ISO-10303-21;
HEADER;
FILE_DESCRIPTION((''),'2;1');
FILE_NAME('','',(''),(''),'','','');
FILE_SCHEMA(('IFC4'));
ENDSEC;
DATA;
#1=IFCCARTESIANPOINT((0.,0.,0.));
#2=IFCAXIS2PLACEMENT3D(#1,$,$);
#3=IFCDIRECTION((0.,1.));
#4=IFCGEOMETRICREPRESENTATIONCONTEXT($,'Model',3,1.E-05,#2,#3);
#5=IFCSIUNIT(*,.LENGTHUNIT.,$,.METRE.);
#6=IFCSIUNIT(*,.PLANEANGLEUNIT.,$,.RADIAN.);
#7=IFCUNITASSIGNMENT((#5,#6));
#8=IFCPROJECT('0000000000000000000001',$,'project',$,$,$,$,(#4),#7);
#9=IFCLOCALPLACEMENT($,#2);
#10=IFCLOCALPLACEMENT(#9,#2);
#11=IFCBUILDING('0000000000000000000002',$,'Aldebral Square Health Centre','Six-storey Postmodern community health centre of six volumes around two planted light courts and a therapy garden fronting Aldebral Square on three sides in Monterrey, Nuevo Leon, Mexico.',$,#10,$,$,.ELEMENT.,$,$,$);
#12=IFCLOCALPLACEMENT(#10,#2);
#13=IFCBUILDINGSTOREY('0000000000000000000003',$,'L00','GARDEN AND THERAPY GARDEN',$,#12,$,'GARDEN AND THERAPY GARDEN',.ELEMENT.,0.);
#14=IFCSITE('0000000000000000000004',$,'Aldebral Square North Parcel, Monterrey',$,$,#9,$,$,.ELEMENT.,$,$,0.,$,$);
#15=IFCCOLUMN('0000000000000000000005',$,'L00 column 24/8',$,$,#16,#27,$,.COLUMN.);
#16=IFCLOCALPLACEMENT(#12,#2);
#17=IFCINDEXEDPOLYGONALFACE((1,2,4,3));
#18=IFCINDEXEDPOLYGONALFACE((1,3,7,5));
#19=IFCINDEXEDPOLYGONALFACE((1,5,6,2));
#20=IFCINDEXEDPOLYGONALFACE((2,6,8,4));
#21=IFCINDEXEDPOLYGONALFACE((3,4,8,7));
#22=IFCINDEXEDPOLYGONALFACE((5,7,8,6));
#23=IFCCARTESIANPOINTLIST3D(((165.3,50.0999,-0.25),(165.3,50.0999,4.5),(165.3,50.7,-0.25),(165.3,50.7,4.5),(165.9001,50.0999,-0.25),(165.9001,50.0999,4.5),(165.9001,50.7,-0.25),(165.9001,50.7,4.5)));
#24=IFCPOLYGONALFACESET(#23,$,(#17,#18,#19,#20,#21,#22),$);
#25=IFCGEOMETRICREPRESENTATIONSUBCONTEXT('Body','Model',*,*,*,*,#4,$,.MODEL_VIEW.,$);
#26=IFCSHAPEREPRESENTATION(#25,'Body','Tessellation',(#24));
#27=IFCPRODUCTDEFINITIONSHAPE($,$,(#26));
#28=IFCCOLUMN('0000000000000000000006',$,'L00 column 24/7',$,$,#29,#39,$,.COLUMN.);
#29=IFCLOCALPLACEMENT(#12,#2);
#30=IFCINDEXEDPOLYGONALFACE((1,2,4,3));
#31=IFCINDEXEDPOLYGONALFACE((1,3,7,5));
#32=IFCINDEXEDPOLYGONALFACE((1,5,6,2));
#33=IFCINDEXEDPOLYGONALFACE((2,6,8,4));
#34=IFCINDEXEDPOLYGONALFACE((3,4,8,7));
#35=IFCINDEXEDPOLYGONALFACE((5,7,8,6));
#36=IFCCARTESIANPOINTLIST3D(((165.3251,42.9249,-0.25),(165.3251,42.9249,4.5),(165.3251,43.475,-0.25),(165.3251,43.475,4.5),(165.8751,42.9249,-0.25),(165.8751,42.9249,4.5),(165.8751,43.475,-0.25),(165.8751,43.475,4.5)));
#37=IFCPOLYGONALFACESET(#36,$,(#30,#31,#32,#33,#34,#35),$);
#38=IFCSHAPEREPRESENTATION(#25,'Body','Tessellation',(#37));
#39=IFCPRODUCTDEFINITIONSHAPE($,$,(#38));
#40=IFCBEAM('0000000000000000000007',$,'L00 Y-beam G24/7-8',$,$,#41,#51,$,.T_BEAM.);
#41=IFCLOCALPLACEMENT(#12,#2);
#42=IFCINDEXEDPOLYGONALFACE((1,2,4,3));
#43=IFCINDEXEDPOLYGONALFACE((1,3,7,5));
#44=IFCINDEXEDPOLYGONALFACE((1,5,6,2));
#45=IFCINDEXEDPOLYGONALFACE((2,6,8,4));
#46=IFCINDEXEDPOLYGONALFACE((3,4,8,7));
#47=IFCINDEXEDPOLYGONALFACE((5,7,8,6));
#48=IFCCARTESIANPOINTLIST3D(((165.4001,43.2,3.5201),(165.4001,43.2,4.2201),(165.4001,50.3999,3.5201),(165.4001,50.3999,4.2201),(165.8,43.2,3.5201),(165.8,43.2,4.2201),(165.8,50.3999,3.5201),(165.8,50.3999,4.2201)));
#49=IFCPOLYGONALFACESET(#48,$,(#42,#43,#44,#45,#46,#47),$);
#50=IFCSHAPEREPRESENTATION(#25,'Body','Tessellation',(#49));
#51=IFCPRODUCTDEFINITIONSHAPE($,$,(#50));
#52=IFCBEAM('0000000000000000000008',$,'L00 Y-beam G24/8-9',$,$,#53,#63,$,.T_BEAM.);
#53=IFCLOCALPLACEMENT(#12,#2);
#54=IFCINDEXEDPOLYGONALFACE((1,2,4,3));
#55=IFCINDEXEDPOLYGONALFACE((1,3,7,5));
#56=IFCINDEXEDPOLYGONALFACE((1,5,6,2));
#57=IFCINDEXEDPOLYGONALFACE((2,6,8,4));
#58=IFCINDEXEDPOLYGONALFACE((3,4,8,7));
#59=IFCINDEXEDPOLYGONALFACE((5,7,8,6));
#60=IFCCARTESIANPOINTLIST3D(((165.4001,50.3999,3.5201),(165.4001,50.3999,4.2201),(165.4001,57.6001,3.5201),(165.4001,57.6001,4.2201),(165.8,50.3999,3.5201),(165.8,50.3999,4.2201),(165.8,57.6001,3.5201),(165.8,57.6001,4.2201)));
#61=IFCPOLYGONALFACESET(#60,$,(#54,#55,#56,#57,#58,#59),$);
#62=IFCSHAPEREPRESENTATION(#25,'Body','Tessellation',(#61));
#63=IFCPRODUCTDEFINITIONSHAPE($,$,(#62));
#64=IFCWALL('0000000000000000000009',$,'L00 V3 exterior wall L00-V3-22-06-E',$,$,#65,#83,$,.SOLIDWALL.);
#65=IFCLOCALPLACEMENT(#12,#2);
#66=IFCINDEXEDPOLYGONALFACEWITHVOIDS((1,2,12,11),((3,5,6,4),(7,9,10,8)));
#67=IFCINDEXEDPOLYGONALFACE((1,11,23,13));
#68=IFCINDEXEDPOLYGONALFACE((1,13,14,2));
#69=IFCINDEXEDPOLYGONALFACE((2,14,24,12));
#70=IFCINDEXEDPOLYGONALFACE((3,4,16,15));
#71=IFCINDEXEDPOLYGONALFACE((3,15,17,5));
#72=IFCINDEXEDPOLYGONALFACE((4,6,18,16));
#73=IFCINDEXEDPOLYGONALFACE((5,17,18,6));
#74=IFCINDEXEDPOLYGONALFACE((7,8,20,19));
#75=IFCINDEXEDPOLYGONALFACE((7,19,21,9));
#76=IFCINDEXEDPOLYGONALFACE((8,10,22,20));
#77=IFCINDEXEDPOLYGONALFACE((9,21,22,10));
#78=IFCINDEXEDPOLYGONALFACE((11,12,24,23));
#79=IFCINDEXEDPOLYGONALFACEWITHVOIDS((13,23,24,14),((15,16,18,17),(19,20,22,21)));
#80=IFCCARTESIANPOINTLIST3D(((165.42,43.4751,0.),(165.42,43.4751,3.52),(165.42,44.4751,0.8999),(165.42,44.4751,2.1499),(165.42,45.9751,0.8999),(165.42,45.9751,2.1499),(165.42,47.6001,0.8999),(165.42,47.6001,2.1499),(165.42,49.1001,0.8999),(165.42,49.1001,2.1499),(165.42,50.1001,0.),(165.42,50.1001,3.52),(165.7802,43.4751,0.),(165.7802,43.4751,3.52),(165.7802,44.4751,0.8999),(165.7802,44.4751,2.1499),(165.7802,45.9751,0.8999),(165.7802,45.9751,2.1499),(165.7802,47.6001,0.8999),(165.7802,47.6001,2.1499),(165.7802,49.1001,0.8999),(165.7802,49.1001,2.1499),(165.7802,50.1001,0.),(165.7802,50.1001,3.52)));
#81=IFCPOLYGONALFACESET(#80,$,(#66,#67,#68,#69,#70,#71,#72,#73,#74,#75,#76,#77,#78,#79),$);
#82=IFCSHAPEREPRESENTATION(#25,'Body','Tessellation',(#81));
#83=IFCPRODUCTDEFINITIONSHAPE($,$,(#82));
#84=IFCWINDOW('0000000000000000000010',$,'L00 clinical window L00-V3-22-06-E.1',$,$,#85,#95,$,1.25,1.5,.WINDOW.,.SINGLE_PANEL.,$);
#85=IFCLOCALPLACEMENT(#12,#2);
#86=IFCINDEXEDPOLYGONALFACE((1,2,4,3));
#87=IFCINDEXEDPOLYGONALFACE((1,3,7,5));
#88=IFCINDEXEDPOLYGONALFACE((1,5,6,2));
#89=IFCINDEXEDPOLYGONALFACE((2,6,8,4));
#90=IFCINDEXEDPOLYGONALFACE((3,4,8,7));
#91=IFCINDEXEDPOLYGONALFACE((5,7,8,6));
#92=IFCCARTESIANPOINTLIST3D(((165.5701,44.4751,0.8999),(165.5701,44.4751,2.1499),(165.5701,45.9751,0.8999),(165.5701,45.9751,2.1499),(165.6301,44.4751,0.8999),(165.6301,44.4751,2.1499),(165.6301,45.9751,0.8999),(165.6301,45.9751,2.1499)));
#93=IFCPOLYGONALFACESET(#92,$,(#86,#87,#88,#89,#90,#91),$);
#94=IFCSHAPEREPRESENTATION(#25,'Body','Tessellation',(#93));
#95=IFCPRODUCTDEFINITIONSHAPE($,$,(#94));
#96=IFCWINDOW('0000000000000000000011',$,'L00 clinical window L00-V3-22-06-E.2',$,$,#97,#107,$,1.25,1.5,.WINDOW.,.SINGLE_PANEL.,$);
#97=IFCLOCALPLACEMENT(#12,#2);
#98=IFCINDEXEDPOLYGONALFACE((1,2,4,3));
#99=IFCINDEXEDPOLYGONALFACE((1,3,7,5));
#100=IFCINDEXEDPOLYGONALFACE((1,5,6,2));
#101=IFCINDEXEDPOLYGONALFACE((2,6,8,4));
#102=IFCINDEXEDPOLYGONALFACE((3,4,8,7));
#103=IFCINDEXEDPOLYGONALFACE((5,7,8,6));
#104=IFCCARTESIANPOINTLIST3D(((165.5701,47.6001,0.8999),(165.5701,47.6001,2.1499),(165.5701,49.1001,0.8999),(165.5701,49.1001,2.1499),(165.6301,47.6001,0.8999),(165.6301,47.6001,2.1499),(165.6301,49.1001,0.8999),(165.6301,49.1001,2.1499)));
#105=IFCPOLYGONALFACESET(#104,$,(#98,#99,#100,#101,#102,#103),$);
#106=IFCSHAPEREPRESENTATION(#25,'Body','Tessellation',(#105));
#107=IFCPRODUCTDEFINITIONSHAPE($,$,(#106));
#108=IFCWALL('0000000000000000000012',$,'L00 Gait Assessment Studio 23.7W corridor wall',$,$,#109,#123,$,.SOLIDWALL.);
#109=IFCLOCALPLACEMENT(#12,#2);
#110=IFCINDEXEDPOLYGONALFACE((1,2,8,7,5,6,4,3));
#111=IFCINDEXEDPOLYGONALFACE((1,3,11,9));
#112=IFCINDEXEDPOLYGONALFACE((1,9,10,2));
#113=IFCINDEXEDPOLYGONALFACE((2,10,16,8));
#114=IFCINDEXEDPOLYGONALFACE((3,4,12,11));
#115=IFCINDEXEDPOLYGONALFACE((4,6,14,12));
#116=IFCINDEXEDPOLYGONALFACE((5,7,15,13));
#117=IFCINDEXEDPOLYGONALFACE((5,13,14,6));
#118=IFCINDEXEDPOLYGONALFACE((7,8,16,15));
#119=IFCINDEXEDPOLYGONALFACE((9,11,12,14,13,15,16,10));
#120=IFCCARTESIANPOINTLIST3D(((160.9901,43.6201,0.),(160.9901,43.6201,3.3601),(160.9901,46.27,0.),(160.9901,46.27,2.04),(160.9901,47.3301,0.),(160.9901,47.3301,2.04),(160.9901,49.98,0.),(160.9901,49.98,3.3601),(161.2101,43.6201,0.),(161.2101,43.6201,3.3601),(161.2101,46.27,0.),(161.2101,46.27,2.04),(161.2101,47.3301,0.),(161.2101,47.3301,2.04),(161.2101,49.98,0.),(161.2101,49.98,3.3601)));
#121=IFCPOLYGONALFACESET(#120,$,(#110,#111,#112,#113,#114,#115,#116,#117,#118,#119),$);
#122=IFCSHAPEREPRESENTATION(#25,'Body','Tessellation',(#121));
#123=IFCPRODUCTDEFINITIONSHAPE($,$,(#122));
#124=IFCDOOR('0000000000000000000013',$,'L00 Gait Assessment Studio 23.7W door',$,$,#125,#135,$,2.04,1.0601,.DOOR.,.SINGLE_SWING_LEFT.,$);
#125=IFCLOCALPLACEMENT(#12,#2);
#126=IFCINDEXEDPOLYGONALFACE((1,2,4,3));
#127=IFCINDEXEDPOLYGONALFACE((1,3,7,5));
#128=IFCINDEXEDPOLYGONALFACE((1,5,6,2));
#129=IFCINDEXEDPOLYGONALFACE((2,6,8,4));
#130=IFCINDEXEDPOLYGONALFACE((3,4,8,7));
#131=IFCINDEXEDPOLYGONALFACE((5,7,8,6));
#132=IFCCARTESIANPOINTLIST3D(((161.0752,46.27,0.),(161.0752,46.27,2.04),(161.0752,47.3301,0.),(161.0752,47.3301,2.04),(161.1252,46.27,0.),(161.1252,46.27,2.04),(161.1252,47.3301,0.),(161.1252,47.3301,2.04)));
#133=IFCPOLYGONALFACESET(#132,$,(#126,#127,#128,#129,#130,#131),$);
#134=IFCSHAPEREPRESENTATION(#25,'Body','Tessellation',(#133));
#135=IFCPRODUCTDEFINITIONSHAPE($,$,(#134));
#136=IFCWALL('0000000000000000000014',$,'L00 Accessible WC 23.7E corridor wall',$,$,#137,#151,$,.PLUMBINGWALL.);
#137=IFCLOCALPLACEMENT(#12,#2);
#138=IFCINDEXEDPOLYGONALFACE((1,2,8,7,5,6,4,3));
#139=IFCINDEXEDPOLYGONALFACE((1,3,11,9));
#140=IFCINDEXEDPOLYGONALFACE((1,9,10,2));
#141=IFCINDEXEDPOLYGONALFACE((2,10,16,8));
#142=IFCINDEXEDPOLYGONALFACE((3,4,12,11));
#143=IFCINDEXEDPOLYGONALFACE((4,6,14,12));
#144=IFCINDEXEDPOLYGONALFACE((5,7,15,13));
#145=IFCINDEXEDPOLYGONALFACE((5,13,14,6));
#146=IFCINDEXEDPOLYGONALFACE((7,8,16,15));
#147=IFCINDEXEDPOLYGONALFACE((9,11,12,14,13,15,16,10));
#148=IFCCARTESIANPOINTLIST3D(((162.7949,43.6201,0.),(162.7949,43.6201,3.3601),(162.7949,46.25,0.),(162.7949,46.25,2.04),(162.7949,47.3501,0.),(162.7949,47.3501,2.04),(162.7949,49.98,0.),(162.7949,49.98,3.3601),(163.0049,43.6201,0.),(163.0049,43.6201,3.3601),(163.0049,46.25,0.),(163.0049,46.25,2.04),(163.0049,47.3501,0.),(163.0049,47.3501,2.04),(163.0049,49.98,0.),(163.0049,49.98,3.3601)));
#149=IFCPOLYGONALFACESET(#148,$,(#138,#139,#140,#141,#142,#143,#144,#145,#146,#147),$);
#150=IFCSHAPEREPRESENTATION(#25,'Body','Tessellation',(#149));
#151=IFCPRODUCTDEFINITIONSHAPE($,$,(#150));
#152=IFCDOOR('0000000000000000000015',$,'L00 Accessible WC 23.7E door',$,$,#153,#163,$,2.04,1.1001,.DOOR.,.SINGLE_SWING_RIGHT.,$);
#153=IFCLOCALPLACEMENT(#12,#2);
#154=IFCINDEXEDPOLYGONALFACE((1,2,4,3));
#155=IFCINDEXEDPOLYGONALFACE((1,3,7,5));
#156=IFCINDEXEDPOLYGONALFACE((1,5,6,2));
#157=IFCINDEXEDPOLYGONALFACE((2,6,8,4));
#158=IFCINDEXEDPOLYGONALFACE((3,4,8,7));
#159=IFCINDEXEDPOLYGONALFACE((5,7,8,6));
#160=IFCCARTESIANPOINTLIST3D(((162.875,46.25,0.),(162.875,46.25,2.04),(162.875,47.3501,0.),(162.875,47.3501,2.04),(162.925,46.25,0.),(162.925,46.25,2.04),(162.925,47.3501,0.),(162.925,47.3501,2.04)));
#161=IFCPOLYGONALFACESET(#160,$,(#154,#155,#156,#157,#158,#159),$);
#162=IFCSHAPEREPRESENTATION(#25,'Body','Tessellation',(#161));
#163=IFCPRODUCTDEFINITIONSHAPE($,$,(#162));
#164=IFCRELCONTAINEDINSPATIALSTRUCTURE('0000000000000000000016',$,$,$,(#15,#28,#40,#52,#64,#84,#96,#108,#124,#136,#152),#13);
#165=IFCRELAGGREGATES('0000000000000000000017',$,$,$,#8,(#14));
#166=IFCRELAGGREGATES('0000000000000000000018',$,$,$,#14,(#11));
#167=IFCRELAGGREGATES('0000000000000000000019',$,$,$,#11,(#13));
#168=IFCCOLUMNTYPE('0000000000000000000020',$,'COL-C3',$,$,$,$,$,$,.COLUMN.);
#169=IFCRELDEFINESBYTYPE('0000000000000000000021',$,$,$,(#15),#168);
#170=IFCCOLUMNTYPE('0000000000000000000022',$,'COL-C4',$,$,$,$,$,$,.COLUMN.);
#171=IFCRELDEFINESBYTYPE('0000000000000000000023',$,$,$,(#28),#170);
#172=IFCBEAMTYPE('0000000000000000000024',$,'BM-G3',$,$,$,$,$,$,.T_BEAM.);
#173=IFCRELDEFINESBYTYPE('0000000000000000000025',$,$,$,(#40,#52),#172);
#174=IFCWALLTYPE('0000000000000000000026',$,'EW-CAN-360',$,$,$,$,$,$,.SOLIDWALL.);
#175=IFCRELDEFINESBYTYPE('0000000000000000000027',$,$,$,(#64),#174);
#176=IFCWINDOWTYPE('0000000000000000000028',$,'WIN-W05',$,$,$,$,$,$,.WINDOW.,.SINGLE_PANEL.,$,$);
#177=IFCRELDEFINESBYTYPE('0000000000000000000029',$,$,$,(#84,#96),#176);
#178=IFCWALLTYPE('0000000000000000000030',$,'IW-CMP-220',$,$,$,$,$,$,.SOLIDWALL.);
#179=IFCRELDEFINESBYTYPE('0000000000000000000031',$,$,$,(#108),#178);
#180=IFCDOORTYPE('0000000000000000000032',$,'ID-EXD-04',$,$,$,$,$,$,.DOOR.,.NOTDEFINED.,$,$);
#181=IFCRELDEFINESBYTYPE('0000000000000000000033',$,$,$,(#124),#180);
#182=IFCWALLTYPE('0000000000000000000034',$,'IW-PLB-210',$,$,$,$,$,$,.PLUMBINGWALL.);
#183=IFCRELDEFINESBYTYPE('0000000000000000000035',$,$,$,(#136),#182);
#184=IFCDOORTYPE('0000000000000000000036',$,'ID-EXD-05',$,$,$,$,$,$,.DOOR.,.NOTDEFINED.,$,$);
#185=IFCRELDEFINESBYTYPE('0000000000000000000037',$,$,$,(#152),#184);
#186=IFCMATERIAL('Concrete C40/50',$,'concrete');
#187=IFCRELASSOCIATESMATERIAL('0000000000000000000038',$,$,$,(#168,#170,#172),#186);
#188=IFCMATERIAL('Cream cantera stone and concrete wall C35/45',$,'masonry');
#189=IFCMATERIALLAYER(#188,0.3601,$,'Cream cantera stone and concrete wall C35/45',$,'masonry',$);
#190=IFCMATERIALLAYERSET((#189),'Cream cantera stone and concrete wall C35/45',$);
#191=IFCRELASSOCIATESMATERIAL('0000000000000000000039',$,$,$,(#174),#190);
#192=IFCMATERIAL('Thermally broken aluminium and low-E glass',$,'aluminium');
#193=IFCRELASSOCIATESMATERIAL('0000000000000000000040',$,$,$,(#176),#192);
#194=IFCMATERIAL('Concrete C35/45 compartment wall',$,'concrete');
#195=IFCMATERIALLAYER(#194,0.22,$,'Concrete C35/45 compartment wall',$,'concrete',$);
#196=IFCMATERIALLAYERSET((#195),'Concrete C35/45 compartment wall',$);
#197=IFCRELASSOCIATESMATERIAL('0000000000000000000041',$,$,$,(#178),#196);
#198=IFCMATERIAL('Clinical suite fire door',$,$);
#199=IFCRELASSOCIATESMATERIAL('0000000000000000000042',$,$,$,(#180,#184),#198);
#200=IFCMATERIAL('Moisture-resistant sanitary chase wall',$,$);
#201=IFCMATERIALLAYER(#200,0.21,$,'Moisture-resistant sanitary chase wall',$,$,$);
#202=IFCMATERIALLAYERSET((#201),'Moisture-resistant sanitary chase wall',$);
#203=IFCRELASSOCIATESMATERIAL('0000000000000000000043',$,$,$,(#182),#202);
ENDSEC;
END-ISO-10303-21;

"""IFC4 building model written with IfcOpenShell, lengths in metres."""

from ifc_helpers import new_model, si_unit, direction, frame, frame_2d, origin, origin_2d, place, context, subcontext, project, spatial, rectangle, extrude, material, layer, layer_set, material_profile, profile_set, type_object, element, fill, save


model = new_model("IFC4")

# Units and contexts
model_context = context("Model", 3, precision=1e-05, world=origin(), true_north=direction((0.0, 1.0)))
body_context = subcontext(model_context, "Body", "Model", "MODEL_VIEW")
ifc_project = project(units=[si_unit("LENGTHUNIT", "METRE"), si_unit("PLANEANGLEUNIT", "RADIAN")], contexts=[model_context])

# Site, building, storey
site_placement = place(None, origin())
site = spatial("IfcSite", under=ifc_project, at=site_placement, Name="Aldebral Square North Parcel, Monterrey", CompositionType="ELEMENT", RefElevation=0.0)
building_placement = place(site_placement, origin())
building = spatial("IfcBuilding", under=site, at=building_placement, Name="Aldebral Square Health Centre", Description="Six-storey Postmodern community health centre of six volumes around two planted light courts and a therapy garden fronting Aldebral Square on three sides in Monterrey, Nuevo Leon, Mexico.", CompositionType="ELEMENT")
storey_placement = place(building_placement, origin())
storey = spatial("IfcBuildingStorey", under=building, at=storey_placement, Name="L00", Description="GARDEN AND THERAPY GARDEN", LongName="GARDEN AND THERAPY GARDEN", CompositionType="ELEMENT", Elevation=0.0)

# Columns
ifc_material_1 = material(Name="Concrete C40/50", Category="concrete")
ifc_material_profile_1 = material_profile(ifc_material_1, rectangle(XDim=0.6001, YDim=0.6001, at=origin_2d()), Name="RC 600x600")
ifc_profile_set_1 = profile_set([ifc_material_profile_1], Name="Concrete C40/50")
column_type_1 = type_object("IfcColumnType", Name="COL-C3", PredefinedType="COLUMN", material=ifc_profile_set_1)
column_1_placement = place(storey_placement, frame((165.6001, 50.3999, -0.25), z_axis=(0.0, 0.0, 1.0), x_axis=(1.0, 0.0, 0.0)))
element("IfcColumn", 1, at=column_1_placement, inside=storey, type_object=column_type_1, Name="L00 column 24/8", PredefinedType="COLUMN", context=body_context, shape_type="SweptSolid", body=[
    extrude(rectangle(XDim=0.6001, YDim=0.6001, at=origin_2d()), origin(), (0.0, 0.0, 1.0), 4.75),
])
ifc_material_profile_2 = material_profile(ifc_material_1, rectangle(XDim=0.55, YDim=0.55, at=origin_2d()), Name="RC 550x550")
ifc_profile_set_2 = profile_set([ifc_material_profile_2], Name="Concrete C40/50")
column_type_2 = type_object("IfcColumnType", Name="COL-C4", PredefinedType="COLUMN", material=ifc_profile_set_2)
column_2_placement = place(storey_placement, frame((165.6001, 43.2, -0.25), z_axis=(0.0, 0.0, 1.0), x_axis=(1.0, 0.0, 0.0)))
element("IfcColumn", 2, at=column_2_placement, inside=storey, type_object=column_type_2, Name="L00 column 24/7", PredefinedType="COLUMN", context=body_context, shape_type="SweptSolid", body=[
    extrude(rectangle(XDim=0.55, YDim=0.55, at=origin_2d()), origin(), (0.0, 0.0, 1.0), 4.75),
])

# Beams
ifc_material_profile_3 = material_profile(ifc_material_1, rectangle(XDim=0.3999, YDim=0.7, at=origin_2d()), Name="RC 400x700")
ifc_profile_set_3 = profile_set([ifc_material_profile_3], Name="Concrete C40/50")
beam_type = type_object("IfcBeamType", Name="BM-G3", PredefinedType="T_BEAM", material=ifc_profile_set_3)
beam_1_placement = place(storey_placement, frame((165.6001, 43.2, 3.8701), z_axis=(0.0, 1.0, 0.0), x_axis=(-1.0, 0.0, 0.0)))
element("IfcBeam", 3, at=beam_1_placement, inside=storey, type_object=beam_type, Name="L00 Y-beam G24/7-8", PredefinedType="T_BEAM", context=body_context, shape_type="SweptSolid", body=[
    extrude(rectangle(XDim=0.3999, YDim=0.7, at=origin_2d()), origin(), (0.0, 0.0, 1.0), 7.2),
])
beam_2_placement = place(storey_placement, frame((165.6001, 50.3999, 3.8701), z_axis=(0.0, 1.0, 0.0), x_axis=(-1.0, 0.0, 0.0)))
element("IfcBeam", 4, at=beam_2_placement, inside=storey, type_object=beam_type, Name="L00 Y-beam G24/8-9", PredefinedType="T_BEAM", context=body_context, shape_type="SweptSolid", body=[
    extrude(rectangle(XDim=0.3999, YDim=0.7, at=origin_2d()), origin(), (0.0, 0.0, 1.0), 7.2002),
])

# Wall, openings, windows
ifc_material_2 = material(Name="Cream cantera stone and concrete wall C35/45", Category="masonry")
ifc_layer_1 = layer(ifc_material_2, 0.3601, Name="Cream cantera stone and concrete wall C35/45", Category="masonry")
ifc_layer_set_1 = layer_set([ifc_layer_1], Name="Cream cantera stone and concrete wall C35/45")
wall_type_1 = type_object("IfcWallType", Name="EW-CAN-360", PredefinedType="SOLIDWALL", material=ifc_layer_set_1)
wall_1_placement = place(storey_placement, frame((165.6001, 43.4751, 0.0), z_axis=(0.0, 0.0, 1.0), x_axis=(0.0, 1.0, 0.0)))
wall_1 = element("IfcWall", 5, at=wall_1_placement, inside=storey, type_object=wall_type_1, Name="L00 V3 exterior wall L00-V3-22-06-E", PredefinedType="SOLIDWALL", context=body_context, shape_type="SweptSolid", body=[
    extrude(rectangle(XDim=6.625, YDim=0.3601, at=frame_2d((3.3125, 0.0))), origin(), (0.0, 0.0, 1.0), 3.52),
])
opening_1_placement = place(wall_1_placement, frame((1.0, 0.0, 0.8999)))
opening_1 = element("IfcOpeningElement", 6, at=opening_1_placement, cuts=wall_1, PredefinedType="OPENING", context=body_context, shape_type="SweptSolid", body=[
    extrude(rectangle(XDim=1.5, YDim=1.25, at=frame_2d((0.75, 0.625))), frame((0.0, 0.1899, 0.0), z_axis=(0.0, -1.0, 0.0), x_axis=(1.0, 0.0, 0.0)), (0.0, 0.0, 1.0), 0.3801),
])
opening_2_placement = place(wall_1_placement, frame((4.125, 0.0, 0.8999)))
opening_2 = element("IfcOpeningElement", 7, at=opening_2_placement, cuts=wall_1, PredefinedType="OPENING", context=body_context, shape_type="SweptSolid", body=[
    extrude(rectangle(XDim=1.5, YDim=1.25, at=frame_2d((0.75, 0.625))), frame((0.0, 0.1899, 0.0), z_axis=(0.0, -1.0, 0.0), x_axis=(1.0, 0.0, 0.0)), (0.0, 0.0, 1.0), 0.3801),
])
ifc_material_3 = material(Name="Thermally broken aluminium and low-E glass", Category="aluminium")
window_type = type_object("IfcWindowType", Name="WIN-W05", PartitioningType="SINGLE_PANEL", PredefinedType="WINDOW", material=ifc_material_3)
window_1_placement = place(opening_1_placement, origin())
window_1 = element("IfcWindow", 8, at=window_1_placement, inside=storey, type_object=window_type, Name="L00 clinical window L00-V3-22-06-E.1", OverallHeight=1.25, OverallWidth=1.5, PartitioningType="SINGLE_PANEL", PredefinedType="WINDOW", context=body_context, shape_type="SweptSolid", body=[
    extrude(rectangle(XDim=1.5, YDim=1.25, at=frame_2d((0.75, 0.625))), frame((0.0, 0.03, 0.0), z_axis=(0.0, -1.0, 0.0), x_axis=(1.0, 0.0, 0.0)), (0.0, 0.0, 1.0), 0.0601),
])
fill(opening_1, window_1)
window_2_placement = place(opening_2_placement, origin())
window_2 = element("IfcWindow", 9, at=window_2_placement, inside=storey, type_object=window_type, Name="L00 clinical window L00-V3-22-06-E.2", OverallHeight=1.25, OverallWidth=1.5, PartitioningType="SINGLE_PANEL", PredefinedType="WINDOW", context=body_context, shape_type="SweptSolid", body=[
    extrude(rectangle(XDim=1.5, YDim=1.25, at=frame_2d((0.75, 0.625))), frame((0.0, 0.03, 0.0), z_axis=(0.0, -1.0, 0.0), x_axis=(1.0, 0.0, 0.0)), (0.0, 0.0, 1.0), 0.0601),
])
fill(opening_2, window_2)

# Walls, openings, doors
ifc_material_4 = material(Name="Concrete C35/45 compartment wall", Category="concrete")
ifc_layer_2 = layer(ifc_material_4, 0.22, Name="Concrete C35/45 compartment wall", Category="concrete")
ifc_layer_set_2 = layer_set([ifc_layer_2], Name="Concrete C35/45 compartment wall")
wall_type_2 = type_object("IfcWallType", Name="IW-CMP-220", PredefinedType="SOLIDWALL", material=ifc_layer_set_2)
wall_2_placement = place(storey_placement, frame((161.1001, 43.6201, 0.0), z_axis=(0.0, 0.0, 1.0), x_axis=(0.0, 1.0, 0.0)))
wall_2 = element("IfcWall", 10, at=wall_2_placement, inside=storey, type_object=wall_type_2, Name="L00 Gait Assessment Studio 23.7W corridor wall", PredefinedType="SOLIDWALL", context=body_context, shape_type="SweptSolid", body=[
    extrude(rectangle(XDim=6.3599, YDim=0.22, at=frame_2d((3.1799, 0.0))), origin(), (0.0, 0.0, 1.0), 3.3601),
])
opening_3_placement = place(wall_2_placement, frame((2.6499, 0.0, 0.0)))
opening_3 = element("IfcOpeningElement", 11, at=opening_3_placement, cuts=wall_2, PredefinedType="OPENING", context=body_context, shape_type="SweptSolid", body=[
    extrude(rectangle(XDim=1.0601, YDim=2.04, at=frame_2d((0.53, 1.02))), frame((0.0, 0.1201, 0.0), z_axis=(0.0, -1.0, 0.0), x_axis=(1.0, 0.0, 0.0)), (0.0, 0.0, 1.0), 0.24),
])
ifc_material_5 = material(Name="Clinical suite fire door")
door_type_1 = type_object("IfcDoorType", Name="ID-EXD-04", OperationType="NOTDEFINED", PredefinedType="DOOR", material=ifc_material_5)
door_1_placement = place(opening_3_placement, origin())
door_1 = element("IfcDoor", 12, at=door_1_placement, inside=storey, type_object=door_type_1, Name="L00 Gait Assessment Studio 23.7W door", OperationType="SINGLE_SWING_LEFT", OverallHeight=2.04, OverallWidth=1.0601, PredefinedType="DOOR", context=body_context, shape_type="SweptSolid", body=[
    extrude(rectangle(XDim=1.0601, YDim=2.04, at=frame_2d((0.53, 1.02))), frame((0.0, 0.0249, 0.0), z_axis=(0.0, -1.0, 0.0), x_axis=(1.0, 0.0, 0.0)), (0.0, 0.0, 1.0), 0.05),
])
fill(opening_3, door_1)
ifc_material_6 = material(Name="Moisture-resistant sanitary chase wall")
ifc_layer_3 = layer(ifc_material_6, 0.21, Name="Moisture-resistant sanitary chase wall")
ifc_layer_set_3 = layer_set([ifc_layer_3], Name="Moisture-resistant sanitary chase wall")
wall_type_3 = type_object("IfcWallType", Name="IW-PLB-210", PredefinedType="PLUMBINGWALL", material=ifc_layer_set_3)
wall_3_placement = place(storey_placement, frame((162.8999, 43.6201, 0.0), z_axis=(0.0, 0.0, 1.0), x_axis=(0.0, 1.0, 0.0)))
wall_3 = element("IfcWall", 13, at=wall_3_placement, inside=storey, type_object=wall_type_3, Name="L00 Accessible WC 23.7E corridor wall", PredefinedType="PLUMBINGWALL", context=body_context, shape_type="SweptSolid", body=[
    extrude(rectangle(XDim=6.3599, YDim=0.21, at=frame_2d((3.1799, 0.0))), origin(), (0.0, 0.0, 1.0), 3.3601),
])
opening_4_placement = place(wall_3_placement, frame((2.6299, 0.0, 0.0)))
opening_4 = element("IfcOpeningElement", 14, at=opening_4_placement, cuts=wall_3, PredefinedType="OPENING", context=body_context, shape_type="SweptSolid", body=[
    extrude(rectangle(XDim=1.1001, YDim=2.04, at=frame_2d((0.55, 1.02))), frame((0.0, 0.115, 0.0), z_axis=(0.0, -1.0, 0.0), x_axis=(1.0, 0.0, 0.0)), (0.0, 0.0, 1.0), 0.23),
])
door_type_2 = type_object("IfcDoorType", Name="ID-EXD-05", OperationType="NOTDEFINED", PredefinedType="DOOR", material=ifc_material_5)
door_2_placement = place(opening_4_placement, origin())
door_2 = element("IfcDoor", 15, at=door_2_placement, inside=storey, type_object=door_type_2, Name="L00 Accessible WC 23.7E door", OperationType="SINGLE_SWING_RIGHT", OverallHeight=2.04, OverallWidth=1.1001, PredefinedType="DOOR", context=body_context, shape_type="SweptSolid", body=[
    extrude(rectangle(XDim=1.1001, YDim=2.04, at=frame_2d((0.55, 1.02))), frame((0.0, 0.0249, 0.0), z_axis=(0.0, -1.0, 0.0), x_axis=(1.0, 0.0, 0.0)), (0.0, 0.0, 1.0), 0.05),
])
fill(opening_4, door_2)

save(model, "model.ifc")
